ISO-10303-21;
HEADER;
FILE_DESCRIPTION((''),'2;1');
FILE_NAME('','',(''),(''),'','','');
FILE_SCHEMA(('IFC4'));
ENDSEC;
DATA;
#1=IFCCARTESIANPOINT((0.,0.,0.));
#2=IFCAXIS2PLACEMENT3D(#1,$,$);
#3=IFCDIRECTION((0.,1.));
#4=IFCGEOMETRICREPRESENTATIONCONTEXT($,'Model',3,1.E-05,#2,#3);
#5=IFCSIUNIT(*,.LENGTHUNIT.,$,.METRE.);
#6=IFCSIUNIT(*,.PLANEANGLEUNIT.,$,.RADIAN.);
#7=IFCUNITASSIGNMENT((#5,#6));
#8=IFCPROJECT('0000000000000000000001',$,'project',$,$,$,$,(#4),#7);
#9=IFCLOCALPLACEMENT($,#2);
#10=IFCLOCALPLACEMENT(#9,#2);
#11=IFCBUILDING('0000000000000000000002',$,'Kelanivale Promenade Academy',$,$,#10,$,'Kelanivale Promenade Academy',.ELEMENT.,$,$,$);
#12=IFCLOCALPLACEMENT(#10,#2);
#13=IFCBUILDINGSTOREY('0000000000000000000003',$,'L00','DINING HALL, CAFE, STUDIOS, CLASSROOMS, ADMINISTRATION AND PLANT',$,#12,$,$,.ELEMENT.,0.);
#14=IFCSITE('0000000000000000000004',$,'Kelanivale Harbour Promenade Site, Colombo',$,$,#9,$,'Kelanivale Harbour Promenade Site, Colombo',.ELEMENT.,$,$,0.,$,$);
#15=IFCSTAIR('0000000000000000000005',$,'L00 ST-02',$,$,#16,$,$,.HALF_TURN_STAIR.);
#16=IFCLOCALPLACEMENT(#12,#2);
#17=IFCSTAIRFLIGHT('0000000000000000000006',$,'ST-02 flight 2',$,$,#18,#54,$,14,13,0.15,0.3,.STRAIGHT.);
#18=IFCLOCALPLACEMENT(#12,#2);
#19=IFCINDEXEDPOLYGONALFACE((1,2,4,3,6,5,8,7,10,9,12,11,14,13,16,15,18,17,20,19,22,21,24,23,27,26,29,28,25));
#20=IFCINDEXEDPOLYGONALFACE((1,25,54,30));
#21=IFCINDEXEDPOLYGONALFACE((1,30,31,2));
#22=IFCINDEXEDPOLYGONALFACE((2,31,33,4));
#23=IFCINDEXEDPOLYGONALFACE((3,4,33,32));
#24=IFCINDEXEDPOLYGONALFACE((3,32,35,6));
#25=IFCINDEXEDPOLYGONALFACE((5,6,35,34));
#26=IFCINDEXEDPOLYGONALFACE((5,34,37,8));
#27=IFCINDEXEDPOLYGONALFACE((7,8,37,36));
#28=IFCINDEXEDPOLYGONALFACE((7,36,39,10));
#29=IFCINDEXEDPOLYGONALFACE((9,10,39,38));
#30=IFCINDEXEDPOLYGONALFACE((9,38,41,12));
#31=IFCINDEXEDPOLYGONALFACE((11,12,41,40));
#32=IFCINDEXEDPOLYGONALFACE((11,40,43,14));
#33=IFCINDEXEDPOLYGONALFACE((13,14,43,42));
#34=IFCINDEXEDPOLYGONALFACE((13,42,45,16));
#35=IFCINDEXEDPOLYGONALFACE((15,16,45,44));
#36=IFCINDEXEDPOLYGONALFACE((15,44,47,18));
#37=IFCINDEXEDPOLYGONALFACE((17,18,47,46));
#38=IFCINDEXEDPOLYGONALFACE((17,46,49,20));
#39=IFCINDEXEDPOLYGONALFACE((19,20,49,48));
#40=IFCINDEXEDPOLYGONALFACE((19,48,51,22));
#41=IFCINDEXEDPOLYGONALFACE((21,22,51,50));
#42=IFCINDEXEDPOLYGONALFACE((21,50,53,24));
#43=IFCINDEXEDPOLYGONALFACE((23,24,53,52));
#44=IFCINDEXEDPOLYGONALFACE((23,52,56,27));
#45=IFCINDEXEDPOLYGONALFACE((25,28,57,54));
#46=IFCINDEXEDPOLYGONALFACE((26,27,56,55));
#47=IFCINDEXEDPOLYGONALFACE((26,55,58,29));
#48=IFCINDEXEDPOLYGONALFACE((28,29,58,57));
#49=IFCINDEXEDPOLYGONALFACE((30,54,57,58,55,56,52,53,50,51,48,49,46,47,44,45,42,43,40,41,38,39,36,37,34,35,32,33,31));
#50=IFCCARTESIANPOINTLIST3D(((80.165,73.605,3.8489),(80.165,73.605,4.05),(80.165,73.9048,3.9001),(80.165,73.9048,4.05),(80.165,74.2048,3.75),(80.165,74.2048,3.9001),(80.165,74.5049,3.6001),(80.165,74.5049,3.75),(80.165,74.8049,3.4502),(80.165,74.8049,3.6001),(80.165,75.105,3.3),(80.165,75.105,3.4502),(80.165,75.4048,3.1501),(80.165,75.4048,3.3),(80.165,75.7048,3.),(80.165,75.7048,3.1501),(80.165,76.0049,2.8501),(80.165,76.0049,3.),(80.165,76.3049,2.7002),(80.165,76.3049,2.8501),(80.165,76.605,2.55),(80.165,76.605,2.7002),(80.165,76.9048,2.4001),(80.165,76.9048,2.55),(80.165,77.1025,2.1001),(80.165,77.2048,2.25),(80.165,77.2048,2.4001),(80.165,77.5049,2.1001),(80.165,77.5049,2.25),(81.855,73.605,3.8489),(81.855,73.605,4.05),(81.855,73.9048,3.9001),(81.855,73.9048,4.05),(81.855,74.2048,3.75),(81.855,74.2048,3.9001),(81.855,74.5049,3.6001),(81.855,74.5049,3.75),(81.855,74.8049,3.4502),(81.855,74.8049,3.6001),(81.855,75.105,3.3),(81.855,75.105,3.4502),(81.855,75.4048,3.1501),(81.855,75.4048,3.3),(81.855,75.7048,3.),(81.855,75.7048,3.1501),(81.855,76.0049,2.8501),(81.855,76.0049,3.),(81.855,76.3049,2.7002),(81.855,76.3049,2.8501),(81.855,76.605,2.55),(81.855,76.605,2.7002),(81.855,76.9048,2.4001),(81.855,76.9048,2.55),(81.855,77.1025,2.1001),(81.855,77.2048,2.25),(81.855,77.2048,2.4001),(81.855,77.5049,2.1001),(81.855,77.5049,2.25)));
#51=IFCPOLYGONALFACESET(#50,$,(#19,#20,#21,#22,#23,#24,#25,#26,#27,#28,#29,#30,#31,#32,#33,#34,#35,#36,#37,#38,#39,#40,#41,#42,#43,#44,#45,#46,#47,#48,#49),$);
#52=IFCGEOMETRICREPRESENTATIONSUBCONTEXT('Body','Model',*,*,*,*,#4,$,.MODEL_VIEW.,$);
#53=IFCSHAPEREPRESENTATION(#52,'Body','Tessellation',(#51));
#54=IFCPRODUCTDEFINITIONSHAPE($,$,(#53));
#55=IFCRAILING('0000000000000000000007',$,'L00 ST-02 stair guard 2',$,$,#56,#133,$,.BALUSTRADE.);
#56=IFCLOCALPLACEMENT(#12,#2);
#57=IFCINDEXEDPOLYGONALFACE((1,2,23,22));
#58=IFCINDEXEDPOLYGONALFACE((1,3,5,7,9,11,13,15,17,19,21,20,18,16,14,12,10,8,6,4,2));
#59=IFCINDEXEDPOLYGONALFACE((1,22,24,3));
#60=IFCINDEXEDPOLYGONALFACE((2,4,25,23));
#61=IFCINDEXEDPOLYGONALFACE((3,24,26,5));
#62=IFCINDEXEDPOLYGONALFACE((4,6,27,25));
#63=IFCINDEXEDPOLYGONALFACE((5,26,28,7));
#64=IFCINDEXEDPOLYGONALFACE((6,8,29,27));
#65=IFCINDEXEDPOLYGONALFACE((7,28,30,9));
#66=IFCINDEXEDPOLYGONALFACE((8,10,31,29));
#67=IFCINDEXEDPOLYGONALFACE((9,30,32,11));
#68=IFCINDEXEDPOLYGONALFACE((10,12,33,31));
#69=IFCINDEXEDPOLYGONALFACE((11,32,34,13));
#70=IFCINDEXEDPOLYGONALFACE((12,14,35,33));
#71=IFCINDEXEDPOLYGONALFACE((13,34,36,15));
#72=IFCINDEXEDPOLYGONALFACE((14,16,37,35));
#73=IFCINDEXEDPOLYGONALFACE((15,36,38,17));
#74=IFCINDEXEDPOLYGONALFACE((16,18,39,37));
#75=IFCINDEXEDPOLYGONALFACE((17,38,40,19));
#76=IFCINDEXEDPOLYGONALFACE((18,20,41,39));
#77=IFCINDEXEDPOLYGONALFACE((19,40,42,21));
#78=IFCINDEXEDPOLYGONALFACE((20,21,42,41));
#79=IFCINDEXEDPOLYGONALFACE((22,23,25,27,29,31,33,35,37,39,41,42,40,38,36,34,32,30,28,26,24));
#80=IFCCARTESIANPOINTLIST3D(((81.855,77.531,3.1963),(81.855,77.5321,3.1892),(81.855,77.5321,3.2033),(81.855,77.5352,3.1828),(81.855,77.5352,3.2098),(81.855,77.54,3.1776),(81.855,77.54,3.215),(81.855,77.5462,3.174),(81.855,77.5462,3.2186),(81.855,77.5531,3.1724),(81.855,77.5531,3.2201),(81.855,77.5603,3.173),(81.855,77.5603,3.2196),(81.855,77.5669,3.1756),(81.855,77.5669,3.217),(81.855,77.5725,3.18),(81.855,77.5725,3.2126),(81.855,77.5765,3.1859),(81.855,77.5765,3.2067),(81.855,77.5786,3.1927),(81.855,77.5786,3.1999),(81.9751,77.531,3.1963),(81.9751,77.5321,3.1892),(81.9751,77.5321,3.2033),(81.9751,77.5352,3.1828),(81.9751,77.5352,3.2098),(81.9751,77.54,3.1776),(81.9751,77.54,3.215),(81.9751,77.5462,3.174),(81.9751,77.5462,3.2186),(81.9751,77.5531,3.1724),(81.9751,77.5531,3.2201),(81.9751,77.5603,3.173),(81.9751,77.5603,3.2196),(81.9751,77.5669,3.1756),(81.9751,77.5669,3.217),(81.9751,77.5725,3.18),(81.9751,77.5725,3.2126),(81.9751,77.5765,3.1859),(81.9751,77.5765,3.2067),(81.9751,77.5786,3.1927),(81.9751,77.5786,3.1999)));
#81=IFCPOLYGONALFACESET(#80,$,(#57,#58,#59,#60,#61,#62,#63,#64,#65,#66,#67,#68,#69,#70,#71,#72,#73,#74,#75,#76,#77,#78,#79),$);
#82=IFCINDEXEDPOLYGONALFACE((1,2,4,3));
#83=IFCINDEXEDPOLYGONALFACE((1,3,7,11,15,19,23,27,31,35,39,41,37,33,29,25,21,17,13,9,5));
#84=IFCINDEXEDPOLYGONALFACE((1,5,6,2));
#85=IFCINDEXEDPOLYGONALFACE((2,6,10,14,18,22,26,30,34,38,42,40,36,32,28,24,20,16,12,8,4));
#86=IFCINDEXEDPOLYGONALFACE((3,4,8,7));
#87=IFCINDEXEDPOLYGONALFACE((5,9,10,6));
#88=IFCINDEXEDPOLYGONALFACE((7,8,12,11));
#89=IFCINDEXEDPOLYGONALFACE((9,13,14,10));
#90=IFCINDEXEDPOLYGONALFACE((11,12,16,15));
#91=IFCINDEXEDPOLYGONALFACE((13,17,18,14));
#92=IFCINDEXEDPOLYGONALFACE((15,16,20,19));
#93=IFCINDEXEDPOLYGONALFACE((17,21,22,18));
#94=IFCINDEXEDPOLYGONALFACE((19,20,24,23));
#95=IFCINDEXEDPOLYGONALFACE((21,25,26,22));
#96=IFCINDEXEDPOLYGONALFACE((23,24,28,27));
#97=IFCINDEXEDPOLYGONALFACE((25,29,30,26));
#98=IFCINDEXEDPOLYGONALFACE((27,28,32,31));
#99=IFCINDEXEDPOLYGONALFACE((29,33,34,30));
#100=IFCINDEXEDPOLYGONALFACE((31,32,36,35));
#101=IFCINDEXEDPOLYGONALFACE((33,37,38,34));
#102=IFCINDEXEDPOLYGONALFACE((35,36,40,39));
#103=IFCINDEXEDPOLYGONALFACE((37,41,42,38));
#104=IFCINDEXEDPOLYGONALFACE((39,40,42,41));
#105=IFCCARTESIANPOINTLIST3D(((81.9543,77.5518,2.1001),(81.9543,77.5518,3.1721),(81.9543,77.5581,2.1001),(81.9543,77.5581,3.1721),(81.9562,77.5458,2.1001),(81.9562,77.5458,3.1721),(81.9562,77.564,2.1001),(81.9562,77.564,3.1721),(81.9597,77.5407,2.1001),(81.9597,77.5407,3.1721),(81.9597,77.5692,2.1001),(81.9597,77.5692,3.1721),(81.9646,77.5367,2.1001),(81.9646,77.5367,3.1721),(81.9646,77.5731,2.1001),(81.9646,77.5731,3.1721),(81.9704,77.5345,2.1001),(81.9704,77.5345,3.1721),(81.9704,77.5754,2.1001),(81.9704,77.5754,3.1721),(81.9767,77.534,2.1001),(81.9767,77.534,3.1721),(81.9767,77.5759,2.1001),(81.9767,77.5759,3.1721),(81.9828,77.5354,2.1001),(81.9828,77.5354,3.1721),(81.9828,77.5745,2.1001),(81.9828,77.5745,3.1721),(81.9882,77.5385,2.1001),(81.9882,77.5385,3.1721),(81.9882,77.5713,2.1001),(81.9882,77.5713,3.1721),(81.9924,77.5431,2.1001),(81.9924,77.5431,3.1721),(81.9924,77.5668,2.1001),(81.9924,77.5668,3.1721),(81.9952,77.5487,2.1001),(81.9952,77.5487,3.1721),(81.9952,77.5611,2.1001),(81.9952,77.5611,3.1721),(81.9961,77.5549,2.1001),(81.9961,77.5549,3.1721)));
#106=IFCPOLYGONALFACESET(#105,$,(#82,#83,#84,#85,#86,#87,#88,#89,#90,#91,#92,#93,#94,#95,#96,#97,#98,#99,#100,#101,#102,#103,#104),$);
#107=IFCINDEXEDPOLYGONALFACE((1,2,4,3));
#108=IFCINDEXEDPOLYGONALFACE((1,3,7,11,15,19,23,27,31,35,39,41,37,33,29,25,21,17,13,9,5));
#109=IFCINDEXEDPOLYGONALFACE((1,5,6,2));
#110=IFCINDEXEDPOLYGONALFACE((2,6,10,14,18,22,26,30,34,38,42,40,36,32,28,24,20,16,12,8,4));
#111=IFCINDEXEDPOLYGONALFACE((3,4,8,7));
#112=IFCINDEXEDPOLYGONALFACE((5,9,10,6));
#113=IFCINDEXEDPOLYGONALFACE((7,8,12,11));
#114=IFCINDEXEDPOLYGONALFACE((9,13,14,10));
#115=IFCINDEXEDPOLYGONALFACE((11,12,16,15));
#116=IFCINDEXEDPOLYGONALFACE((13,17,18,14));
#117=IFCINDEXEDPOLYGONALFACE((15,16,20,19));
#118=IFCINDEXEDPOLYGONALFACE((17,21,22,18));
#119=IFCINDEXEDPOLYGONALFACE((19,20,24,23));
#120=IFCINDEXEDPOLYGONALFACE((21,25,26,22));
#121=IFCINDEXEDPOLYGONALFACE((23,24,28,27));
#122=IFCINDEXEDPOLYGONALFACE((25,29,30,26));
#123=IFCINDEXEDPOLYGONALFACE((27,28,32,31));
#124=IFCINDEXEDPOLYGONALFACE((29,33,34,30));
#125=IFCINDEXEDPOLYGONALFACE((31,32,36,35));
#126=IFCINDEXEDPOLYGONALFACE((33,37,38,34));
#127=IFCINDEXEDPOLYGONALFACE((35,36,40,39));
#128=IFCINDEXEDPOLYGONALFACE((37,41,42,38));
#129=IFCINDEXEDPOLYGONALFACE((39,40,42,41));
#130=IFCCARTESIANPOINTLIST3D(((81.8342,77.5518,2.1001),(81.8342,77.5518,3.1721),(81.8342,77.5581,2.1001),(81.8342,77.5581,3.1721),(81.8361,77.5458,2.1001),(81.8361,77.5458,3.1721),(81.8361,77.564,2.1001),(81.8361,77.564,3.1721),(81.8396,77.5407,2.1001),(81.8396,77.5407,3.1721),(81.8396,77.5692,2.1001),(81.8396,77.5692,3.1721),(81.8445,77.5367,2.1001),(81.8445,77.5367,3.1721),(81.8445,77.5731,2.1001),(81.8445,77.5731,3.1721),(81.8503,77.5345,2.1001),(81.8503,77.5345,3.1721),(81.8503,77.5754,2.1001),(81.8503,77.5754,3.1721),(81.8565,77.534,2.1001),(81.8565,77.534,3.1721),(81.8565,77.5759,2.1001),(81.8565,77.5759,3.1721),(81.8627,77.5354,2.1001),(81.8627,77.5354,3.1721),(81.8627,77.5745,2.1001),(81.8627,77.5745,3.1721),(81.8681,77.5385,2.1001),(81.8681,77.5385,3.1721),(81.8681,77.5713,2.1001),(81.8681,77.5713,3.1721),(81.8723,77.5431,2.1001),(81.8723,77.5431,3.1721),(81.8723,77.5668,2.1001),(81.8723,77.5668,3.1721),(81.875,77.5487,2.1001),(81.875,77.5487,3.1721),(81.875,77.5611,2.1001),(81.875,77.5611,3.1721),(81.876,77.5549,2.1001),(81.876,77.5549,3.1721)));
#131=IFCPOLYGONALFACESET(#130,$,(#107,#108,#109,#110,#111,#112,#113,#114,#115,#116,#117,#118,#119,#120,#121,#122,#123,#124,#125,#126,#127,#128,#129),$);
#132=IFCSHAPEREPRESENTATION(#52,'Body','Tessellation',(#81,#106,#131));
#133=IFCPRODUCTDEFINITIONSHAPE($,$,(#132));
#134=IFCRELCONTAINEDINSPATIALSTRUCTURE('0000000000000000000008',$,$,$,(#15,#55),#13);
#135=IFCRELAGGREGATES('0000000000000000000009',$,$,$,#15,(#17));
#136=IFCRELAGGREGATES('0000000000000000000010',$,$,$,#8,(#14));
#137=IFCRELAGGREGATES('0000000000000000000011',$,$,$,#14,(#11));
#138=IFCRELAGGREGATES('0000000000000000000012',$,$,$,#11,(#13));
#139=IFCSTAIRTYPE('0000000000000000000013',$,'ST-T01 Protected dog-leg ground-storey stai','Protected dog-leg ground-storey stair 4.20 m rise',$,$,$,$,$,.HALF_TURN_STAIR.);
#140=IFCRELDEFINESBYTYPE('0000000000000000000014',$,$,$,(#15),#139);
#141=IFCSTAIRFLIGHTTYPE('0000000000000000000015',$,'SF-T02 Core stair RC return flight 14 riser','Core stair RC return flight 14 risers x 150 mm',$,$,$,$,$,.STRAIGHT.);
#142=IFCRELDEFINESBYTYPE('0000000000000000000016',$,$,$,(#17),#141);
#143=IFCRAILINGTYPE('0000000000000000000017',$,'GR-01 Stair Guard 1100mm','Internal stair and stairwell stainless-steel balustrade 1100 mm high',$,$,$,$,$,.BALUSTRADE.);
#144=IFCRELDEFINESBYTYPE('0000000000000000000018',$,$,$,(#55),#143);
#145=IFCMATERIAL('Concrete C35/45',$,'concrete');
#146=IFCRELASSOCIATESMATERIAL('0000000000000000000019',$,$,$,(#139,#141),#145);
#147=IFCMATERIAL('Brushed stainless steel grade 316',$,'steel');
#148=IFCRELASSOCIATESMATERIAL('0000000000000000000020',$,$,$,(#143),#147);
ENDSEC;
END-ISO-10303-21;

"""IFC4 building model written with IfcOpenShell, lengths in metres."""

from ifc_helpers import new_model, si_unit, direction, frame, origin, origin_2d, place, context, subcontext, project, spatial, polyline, circle, outline, extrude, material, type_object, element, aggregate, save


model = new_model("IFC4")

# Units and contexts
model_context = context("Model", 3, precision=1e-05, world=origin(), true_north=direction((0.0, 1.0)))
body_context = subcontext(model_context, "Body", "Model", "MODEL_VIEW")
ifc_project = project(units=[si_unit("LENGTHUNIT", "METRE"), si_unit("PLANEANGLEUNIT", "RADIAN")], contexts=[model_context])

# Site, building, storey
site_placement = place(None, origin())
site = spatial("IfcSite", under=ifc_project, at=site_placement, Name="Kelanivale Harbour Promenade Site, Colombo", LongName="Kelanivale Harbour Promenade Site, Colombo", CompositionType="ELEMENT", RefElevation=0.0)
building_placement = place(site_placement, origin())
building = spatial("IfcBuilding", under=site, at=building_placement, Name="Kelanivale Promenade Academy", LongName="Kelanivale Promenade Academy", CompositionType="ELEMENT")
storey_placement = place(building_placement, origin())
storey = spatial("IfcBuildingStorey", under=building, at=storey_placement, Name="L00", Description="DINING HALL, CAFE, STUDIOS, CLASSROOMS, ADMINISTRATION AND PLANT", CompositionType="ELEMENT", Elevation=0.0)

# Shared definitions
ifc_material_1 = material(Name="Concrete C35/45", Category="concrete")

# Stair, stair flight
stair_type = type_object("IfcStairType", Name="ST-T01 Protected dog-leg ground-storey stai", Description="Protected dog-leg ground-storey stair 4.20 m rise", PredefinedType="HALF_TURN_STAIR", material=ifc_material_1)
stair_placement = place(storey_placement, origin())
stair = element("IfcStair", 1, at=stair_placement, inside=storey, type_object=stair_type, Name="L00 ST-02", PredefinedType="HALF_TURN_STAIR")
stair_flight_type = type_object("IfcStairFlightType", Name="SF-T02 Core stair RC return flight 14 riser", Description="Core stair RC return flight 14 risers x 150 mm", PredefinedType="STRAIGHT", material=ifc_material_1)
stair_flight_placement = place(storey_placement, frame((81.01, 77.5049, 2.1001), z_axis=(0.0, 0.0, 1.0), x_axis=(0.0, -1.0, 0.0)))
stair_flight = element("IfcStairFlight", 2, at=stair_flight_placement, type_object=stair_flight_type, Name="ST-02 flight 2", NumberOfRisers=14, NumberOfTreads=13, PredefinedType="STRAIGHT", RiserHeight=0.15, TreadLength=0.3, context=body_context, shape_type="SweptSolid", body=[
    extrude(outline(polyline([(0.0, 0.0), (0.0, 0.1499), (0.3, 0.1499), (0.3, 0.3), (0.6001, 0.3), (0.6001, 0.45), (0.8999, 0.45), (0.8999, 0.6001), (1.2, 0.6001), (1.2, 0.75), (1.5, 0.75), (1.5, 0.8999), (1.8, 0.8999), (1.8, 1.05), (2.1001, 1.05), (2.1001, 1.2), (2.3999, 1.2), (2.3999, 1.3501), (2.7, 1.3501), (2.7, 1.5), (3.0, 1.5), (3.0, 1.6499), (3.3, 1.6499), (3.3, 1.8), (3.6001, 1.8), (3.6001, 1.95), (3.8999, 1.95), (3.8999, 2.1001), (3.8999, 1.7488), (0.4023, 0.0), (0.0, 0.0)])), frame((0.0, 0.845, 0.0), z_axis=(0.0, -1.0, 0.0), x_axis=(1.0, 0.0, 0.0)), (0.0, 0.0, 1.0), 1.6899),
])
aggregate(stair, [stair_flight])

# Railing
ifc_material_2 = material(Name="Brushed stainless steel grade 316", Category="steel")
railing_type_1 = type_object("IfcRailingType", Name="GR-01 Stair Guard 1100mm", Description="Internal stair and stairwell stainless-steel balustrade 1100 mm high", PredefinedType="BALUSTRADE", material=ifc_material_2)
railing_1_placement = place(storey_placement, frame((81.9751, 77.5549, 2.1001)))
element("IfcRailing", 3, at=railing_1_placement, inside=storey, type_object=railing_type_1, Name="L00 ST-02 stair guard 2", PredefinedType="BALUSTRADE", context=body_context, shape_type="SweptSolid", body=[
    extrude(circle(Radius=0.0239, at=origin_2d()), frame((0.0, 0.0, 1.0962), z_axis=(-1.0, 0.0, 0.0), x_axis=(0.0, -1.0, 0.0)), (0.0, 0.0, 1.0), 0.1201),
    extrude(circle(Radius=0.021, at=origin_2d()), origin(), (0.0, 0.0, 1.0), 1.072),
    extrude(circle(Radius=0.021, at=origin_2d()), frame((-0.1201, 0.0, 0.0)), (0.0, 0.0, 1.0), 1.072),
])

save(model, "model.ifc")
